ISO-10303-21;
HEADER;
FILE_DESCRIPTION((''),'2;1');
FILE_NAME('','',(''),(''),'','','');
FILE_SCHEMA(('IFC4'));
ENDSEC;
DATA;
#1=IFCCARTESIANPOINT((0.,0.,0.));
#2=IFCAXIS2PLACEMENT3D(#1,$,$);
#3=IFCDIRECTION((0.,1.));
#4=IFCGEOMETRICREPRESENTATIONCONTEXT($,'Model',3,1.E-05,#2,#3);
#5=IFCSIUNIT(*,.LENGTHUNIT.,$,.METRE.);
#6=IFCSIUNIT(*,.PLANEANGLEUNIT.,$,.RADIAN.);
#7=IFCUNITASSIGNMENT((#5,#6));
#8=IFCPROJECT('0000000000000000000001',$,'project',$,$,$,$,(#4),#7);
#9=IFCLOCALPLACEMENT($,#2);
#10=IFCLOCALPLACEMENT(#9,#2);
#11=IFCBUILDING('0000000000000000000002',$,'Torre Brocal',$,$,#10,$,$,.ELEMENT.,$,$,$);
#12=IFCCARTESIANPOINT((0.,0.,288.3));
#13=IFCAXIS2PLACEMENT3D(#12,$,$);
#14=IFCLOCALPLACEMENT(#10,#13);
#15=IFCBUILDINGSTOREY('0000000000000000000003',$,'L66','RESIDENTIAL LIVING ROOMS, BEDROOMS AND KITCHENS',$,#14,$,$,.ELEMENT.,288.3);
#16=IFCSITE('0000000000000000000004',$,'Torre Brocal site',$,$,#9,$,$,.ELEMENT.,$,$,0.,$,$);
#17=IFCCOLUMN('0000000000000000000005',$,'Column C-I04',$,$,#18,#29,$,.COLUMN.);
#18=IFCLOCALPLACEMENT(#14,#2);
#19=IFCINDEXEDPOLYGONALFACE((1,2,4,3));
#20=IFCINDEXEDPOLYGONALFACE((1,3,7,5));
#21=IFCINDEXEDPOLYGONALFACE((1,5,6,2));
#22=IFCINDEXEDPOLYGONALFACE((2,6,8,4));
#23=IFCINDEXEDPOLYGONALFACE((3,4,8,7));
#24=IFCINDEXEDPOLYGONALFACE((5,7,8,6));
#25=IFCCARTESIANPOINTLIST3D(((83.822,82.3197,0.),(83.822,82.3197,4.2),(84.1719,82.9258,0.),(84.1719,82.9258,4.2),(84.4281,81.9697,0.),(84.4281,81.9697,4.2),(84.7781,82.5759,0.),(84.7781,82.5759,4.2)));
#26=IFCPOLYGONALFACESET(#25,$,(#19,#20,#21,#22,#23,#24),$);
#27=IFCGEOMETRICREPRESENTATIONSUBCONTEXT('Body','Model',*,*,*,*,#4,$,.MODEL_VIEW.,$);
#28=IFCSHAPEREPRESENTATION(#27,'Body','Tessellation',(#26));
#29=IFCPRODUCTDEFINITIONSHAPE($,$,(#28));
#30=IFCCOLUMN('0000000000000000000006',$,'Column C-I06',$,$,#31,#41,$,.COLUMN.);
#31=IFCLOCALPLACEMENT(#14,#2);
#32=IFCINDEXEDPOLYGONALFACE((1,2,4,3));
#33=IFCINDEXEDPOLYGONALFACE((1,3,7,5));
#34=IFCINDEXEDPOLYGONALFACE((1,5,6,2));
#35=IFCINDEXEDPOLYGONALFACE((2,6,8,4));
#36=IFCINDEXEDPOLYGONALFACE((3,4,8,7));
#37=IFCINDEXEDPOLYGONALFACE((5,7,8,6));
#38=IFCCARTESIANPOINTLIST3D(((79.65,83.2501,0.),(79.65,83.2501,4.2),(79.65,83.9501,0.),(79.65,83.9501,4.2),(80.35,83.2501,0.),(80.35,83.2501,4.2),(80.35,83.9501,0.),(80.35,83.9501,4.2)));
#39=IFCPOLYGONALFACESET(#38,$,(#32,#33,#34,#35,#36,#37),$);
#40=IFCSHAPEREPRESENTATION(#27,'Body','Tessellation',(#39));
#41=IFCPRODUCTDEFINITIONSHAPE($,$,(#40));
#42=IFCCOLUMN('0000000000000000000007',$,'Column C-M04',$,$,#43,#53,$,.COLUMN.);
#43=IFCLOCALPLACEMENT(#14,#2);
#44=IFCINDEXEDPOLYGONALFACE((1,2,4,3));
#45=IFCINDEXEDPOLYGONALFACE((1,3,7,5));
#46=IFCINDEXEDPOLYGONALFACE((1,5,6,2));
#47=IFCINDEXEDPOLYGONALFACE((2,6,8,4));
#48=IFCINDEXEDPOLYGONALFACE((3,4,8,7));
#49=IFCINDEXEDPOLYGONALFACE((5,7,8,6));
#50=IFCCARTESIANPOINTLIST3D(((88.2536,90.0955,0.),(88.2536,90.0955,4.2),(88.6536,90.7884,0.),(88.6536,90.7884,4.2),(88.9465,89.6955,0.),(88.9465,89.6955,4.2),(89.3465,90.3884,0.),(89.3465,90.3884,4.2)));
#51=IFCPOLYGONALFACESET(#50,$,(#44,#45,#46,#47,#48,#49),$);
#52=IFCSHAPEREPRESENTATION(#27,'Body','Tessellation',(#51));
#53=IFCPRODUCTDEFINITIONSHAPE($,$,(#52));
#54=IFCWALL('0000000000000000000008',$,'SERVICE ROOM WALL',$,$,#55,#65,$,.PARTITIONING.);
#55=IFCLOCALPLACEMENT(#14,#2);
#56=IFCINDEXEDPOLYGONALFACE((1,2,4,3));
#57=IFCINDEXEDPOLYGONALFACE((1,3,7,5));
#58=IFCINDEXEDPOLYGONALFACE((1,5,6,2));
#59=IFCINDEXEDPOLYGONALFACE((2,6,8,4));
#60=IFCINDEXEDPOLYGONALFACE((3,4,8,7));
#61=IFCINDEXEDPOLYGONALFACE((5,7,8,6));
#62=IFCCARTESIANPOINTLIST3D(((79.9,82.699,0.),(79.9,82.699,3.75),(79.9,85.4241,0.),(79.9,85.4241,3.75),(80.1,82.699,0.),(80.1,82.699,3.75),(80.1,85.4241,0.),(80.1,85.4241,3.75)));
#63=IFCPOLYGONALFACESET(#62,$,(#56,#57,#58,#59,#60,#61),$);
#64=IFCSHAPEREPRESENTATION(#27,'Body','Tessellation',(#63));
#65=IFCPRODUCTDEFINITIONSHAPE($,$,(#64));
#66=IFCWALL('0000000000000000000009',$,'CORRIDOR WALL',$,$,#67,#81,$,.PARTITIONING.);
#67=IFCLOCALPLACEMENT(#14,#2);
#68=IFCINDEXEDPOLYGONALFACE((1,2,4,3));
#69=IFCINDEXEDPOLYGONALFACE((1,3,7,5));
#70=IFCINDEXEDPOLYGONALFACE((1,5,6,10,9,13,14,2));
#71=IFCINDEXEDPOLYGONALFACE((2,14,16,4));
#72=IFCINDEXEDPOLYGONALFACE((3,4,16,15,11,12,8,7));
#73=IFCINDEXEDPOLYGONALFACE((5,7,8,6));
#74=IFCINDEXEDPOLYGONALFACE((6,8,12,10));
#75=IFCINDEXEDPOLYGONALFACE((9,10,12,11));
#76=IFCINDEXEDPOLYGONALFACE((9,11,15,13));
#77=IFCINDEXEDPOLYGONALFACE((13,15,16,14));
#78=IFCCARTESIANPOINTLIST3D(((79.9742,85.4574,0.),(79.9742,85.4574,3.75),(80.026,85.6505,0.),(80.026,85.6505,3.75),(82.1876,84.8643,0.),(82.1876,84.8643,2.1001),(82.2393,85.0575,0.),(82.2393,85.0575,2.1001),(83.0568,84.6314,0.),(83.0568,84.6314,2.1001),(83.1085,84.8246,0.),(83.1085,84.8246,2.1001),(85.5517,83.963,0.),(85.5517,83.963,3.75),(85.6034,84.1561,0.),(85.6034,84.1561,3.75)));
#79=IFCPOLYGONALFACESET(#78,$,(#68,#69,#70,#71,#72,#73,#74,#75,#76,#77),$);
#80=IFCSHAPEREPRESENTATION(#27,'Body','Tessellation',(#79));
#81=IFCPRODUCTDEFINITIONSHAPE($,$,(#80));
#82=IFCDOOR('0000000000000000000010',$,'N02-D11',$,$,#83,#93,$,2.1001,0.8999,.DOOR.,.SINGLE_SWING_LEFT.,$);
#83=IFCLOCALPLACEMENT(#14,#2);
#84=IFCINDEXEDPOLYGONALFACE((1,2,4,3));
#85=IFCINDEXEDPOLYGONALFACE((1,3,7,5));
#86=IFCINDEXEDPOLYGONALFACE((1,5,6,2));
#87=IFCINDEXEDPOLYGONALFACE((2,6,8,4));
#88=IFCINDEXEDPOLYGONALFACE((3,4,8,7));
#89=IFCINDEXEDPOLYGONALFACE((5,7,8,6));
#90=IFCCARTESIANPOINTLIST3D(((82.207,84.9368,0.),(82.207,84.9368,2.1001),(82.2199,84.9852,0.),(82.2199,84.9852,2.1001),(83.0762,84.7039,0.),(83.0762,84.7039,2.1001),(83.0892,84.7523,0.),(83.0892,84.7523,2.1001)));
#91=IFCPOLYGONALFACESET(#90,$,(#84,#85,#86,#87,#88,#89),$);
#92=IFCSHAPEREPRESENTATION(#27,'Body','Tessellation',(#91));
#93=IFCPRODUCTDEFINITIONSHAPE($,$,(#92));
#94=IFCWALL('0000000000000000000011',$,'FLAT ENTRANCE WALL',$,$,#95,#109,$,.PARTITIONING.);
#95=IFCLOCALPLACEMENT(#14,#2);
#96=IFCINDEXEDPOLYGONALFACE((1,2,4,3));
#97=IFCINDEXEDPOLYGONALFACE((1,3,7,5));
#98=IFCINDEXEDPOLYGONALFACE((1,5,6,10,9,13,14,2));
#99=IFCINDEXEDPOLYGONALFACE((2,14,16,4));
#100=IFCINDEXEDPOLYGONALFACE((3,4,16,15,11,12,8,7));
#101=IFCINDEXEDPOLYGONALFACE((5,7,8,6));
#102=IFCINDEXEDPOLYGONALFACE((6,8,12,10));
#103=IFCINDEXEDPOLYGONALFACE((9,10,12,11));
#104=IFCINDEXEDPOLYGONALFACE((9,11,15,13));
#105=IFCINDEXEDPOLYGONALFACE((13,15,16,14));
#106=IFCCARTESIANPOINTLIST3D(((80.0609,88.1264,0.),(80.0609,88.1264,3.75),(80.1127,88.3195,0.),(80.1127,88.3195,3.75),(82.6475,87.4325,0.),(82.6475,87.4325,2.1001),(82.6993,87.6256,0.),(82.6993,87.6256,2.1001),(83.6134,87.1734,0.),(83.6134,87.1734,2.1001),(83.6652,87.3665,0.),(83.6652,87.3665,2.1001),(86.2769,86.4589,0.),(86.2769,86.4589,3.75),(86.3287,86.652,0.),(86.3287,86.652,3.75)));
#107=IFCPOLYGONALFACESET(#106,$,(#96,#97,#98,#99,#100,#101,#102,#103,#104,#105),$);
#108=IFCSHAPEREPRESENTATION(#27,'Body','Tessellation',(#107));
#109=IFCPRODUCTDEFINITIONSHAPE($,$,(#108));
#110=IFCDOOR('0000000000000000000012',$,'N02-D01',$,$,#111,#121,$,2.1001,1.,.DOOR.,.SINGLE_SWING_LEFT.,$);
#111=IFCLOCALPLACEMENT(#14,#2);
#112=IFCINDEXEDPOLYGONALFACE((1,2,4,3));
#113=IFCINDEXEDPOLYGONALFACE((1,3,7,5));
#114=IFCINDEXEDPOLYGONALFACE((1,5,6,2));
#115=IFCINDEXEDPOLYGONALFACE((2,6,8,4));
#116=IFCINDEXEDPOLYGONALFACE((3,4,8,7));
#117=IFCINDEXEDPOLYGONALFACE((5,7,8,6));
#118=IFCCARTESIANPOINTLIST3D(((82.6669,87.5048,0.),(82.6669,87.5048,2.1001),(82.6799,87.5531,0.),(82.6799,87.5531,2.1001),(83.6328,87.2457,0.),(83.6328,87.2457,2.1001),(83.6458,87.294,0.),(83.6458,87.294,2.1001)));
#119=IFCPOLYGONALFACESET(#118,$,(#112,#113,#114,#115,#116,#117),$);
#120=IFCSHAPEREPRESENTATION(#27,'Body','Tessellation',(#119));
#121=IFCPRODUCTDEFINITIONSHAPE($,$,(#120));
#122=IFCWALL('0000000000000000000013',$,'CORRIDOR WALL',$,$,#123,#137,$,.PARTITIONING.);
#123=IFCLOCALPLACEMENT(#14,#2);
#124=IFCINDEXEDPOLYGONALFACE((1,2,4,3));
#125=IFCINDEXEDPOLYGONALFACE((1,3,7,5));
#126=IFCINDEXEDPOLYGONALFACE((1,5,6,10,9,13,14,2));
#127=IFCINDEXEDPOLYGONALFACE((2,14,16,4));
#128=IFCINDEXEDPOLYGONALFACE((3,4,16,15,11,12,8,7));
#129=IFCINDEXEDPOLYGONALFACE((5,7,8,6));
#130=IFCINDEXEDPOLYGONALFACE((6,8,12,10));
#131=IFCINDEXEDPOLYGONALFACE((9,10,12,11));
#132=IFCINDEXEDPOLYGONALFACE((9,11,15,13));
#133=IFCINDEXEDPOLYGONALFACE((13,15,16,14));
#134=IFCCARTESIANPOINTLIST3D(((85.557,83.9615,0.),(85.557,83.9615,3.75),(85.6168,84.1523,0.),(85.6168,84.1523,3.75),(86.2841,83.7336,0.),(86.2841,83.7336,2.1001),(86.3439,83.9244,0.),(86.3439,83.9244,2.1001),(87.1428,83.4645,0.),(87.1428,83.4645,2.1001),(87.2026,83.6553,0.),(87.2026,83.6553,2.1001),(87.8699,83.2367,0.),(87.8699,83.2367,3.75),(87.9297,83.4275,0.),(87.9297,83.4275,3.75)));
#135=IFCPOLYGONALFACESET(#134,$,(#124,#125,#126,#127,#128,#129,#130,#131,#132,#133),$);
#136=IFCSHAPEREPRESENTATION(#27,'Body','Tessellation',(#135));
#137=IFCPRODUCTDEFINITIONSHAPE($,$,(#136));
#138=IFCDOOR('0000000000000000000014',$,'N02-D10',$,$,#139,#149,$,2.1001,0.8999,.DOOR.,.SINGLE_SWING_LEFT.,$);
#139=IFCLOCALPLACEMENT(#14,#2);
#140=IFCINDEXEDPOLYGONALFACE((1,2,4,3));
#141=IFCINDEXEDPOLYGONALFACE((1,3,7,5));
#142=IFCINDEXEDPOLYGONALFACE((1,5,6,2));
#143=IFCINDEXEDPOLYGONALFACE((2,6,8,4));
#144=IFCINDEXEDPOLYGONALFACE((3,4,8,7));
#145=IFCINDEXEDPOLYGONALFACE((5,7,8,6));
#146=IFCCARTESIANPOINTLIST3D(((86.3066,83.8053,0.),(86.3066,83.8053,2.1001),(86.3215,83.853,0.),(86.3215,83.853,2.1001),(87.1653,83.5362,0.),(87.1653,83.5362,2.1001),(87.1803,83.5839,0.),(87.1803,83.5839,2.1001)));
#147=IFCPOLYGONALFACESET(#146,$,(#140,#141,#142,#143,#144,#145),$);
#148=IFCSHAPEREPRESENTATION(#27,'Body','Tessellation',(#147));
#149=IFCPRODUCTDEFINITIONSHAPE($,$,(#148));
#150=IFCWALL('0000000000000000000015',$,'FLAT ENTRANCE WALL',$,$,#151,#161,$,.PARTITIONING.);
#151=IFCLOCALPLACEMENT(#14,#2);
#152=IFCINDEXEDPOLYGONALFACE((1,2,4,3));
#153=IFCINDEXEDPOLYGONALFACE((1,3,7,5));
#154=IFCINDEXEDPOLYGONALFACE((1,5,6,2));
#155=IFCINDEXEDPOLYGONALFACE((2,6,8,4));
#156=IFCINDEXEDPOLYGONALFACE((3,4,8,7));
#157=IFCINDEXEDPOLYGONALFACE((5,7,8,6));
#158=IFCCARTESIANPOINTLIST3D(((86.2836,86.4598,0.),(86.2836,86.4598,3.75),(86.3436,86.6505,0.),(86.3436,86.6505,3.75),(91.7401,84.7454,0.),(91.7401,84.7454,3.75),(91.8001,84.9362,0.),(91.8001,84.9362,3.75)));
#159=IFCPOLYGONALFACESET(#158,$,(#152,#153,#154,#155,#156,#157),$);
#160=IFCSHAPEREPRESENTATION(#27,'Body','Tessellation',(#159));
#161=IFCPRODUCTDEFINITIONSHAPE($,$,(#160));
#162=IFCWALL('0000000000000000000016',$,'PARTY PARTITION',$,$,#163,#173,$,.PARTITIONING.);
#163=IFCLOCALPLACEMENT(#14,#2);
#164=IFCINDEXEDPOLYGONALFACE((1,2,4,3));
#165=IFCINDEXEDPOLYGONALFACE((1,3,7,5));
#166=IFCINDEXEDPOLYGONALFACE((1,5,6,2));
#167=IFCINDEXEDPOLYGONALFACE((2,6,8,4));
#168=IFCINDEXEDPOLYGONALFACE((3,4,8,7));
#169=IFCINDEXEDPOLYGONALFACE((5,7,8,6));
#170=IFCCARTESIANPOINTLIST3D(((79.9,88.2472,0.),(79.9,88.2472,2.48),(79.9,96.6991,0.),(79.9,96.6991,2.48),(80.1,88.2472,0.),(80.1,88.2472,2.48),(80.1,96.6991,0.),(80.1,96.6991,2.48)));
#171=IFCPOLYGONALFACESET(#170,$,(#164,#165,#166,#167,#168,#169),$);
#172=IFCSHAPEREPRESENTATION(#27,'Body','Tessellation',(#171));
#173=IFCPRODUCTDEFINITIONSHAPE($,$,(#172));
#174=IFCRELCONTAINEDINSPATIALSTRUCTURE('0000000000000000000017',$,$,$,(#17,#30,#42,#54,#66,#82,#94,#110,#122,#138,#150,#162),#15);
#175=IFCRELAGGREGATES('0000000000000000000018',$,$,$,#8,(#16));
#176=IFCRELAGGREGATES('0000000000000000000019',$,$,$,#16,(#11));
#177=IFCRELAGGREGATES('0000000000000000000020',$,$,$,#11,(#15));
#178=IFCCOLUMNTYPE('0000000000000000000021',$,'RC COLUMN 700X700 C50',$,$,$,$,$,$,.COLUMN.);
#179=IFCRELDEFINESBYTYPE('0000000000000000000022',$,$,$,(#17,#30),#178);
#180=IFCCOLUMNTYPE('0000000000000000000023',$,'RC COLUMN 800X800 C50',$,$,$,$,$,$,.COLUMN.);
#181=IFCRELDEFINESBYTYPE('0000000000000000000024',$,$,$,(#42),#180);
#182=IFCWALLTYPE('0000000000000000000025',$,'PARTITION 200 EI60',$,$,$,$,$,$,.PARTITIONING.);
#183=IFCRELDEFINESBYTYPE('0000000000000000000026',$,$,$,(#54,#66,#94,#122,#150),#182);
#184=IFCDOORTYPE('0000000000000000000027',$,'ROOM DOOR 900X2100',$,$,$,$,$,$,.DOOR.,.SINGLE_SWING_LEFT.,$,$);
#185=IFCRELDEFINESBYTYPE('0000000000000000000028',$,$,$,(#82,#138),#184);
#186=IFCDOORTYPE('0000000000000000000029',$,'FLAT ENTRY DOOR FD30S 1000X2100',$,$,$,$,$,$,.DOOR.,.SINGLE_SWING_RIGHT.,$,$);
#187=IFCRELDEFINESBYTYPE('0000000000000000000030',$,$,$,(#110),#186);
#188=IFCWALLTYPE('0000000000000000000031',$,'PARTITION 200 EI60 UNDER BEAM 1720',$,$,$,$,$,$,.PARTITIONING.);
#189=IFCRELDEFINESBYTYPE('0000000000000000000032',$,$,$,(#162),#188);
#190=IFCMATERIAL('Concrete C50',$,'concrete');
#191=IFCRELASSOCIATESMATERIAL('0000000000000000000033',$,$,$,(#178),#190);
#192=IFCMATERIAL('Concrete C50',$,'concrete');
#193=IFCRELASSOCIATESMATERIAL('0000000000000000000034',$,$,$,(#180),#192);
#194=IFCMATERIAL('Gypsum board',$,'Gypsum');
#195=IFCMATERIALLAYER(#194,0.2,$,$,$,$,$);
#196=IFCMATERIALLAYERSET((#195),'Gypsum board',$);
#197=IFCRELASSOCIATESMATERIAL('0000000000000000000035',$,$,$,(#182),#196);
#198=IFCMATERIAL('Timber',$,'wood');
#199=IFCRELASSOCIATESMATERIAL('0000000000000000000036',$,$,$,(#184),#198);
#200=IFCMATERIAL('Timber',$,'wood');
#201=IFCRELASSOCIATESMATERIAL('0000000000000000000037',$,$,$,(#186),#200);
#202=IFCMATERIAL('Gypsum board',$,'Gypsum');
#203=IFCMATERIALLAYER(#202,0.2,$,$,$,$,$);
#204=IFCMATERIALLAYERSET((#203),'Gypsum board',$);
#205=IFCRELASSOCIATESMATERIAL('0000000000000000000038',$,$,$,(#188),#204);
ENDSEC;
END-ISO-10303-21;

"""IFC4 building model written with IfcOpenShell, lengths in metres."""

from ifc_helpers import new_model, si_unit, direction, frame, frame_2d, origin, origin_2d, place, context, subcontext, project, spatial, rectangle, extrude, material, layer, layer_set, material_profile, profile_set, type_object, element, fill, save


model = new_model("IFC4")

# Units and contexts
model_context = context("Model", 3, precision=1e-05, world=origin(), true_north=direction((0.0, 1.0)))
body_context = subcontext(model_context, "Body", "Model", "MODEL_VIEW")
ifc_project = project(units=[si_unit("LENGTHUNIT", "METRE"), si_unit("PLANEANGLEUNIT", "RADIAN")], contexts=[model_context])

# Site, building, storey
site_placement = place(None, origin())
site = spatial("IfcSite", under=ifc_project, at=site_placement, Name="Torre Brocal site", CompositionType="ELEMENT", RefElevation=0.0)
building_placement = place(site_placement, origin())
building = spatial("IfcBuilding", under=site, at=building_placement, Name="Torre Brocal", CompositionType="ELEMENT")
storey_placement = place(building_placement, frame((0.0, 0.0, 288.3)))
storey = spatial("IfcBuildingStorey", under=building, at=storey_placement, Name="L66", Description="RESIDENTIAL LIVING ROOMS, BEDROOMS AND KITCHENS", CompositionType="ELEMENT", Elevation=288.3)

# Columns
ifc_material_1 = material(Name="Concrete C50", Category="concrete")
ifc_material_profile_1 = material_profile(ifc_material_1, rectangle(XDim=0.7, YDim=0.7, at=origin_2d()), Name="RC 700X700")
ifc_profile_set_1 = profile_set([ifc_material_profile_1], Name="Concrete C50")
column_type_1 = type_object("IfcColumnType", Name="RC COLUMN 700X700 C50", PredefinedType="COLUMN", material=ifc_profile_set_1)
for number, where, z_axis, x_axis, name in (
    (1, (84.3, 82.4478, 0.0), (0.0, 0.0, 1.0), (0.5, 0.866025, 0.0), "Column C-I04"),
    (2, (80.0, 83.6001, 0.0), (0.0, 0.0, 1.0), (0.0, 1.0, 0.0), "Column C-I06"),
):
    element("IfcColumn", number, at=place(storey_placement, frame(where, z_axis=z_axis, x_axis=x_axis)), inside=storey, type_object=column_type_1, Name=name, PredefinedType="COLUMN", context=body_context, shape_type="SweptSolid", body=[
        extrude(rectangle(XDim=0.7, YDim=0.7, at=origin_2d()), origin(), (0.0, 0.0, 1.0), 4.2),
    ])
ifc_material_2 = material(Name="Concrete C50", Category="concrete")
ifc_material_profile_2 = material_profile(ifc_material_2, rectangle(XDim=0.8, YDim=0.8, at=origin_2d()), Name="RC 800X800")
ifc_profile_set_2 = profile_set([ifc_material_profile_2], Name="Concrete C50")
column_type_2 = type_object("IfcColumnType", Name="RC COLUMN 800X800 C50", PredefinedType="COLUMN", material=ifc_profile_set_2)
column_placement = place(storey_placement, frame((88.8, 90.2419, 0.0), z_axis=(0.0, 0.0, 1.0), x_axis=(0.5, 0.866025, 0.0)))
element("IfcColumn", 3, at=column_placement, inside=storey, type_object=column_type_2, Name="Column C-M04", PredefinedType="COLUMN", context=body_context, shape_type="SweptSolid", body=[
    extrude(rectangle(XDim=0.8, YDim=0.8, at=origin_2d()), origin(), (0.0, 0.0, 1.0), 4.2),
])

# Wall
ifc_material_3 = material(Name="Gypsum board", Category="Gypsum")
ifc_layer_1 = layer(ifc_material_3, 0.2)
ifc_layer_set_1 = layer_set([ifc_layer_1], Name="Gypsum board")
wall_type_1 = type_object("IfcWallType", Name="PARTITION 200 EI60", PredefinedType="PARTITIONING", material=ifc_layer_set_1)
wall_1_placement = place(storey_placement, frame((80.0, 82.699, 0.0), z_axis=(0.0, 0.0, 1.0), x_axis=(0.0, 1.0, 0.0)))
element("IfcWall", 4, at=wall_1_placement, inside=storey, type_object=wall_type_1, Name="SERVICE ROOM WALL", PredefinedType="PARTITIONING", context=body_context, shape_type="SweptSolid", body=[
    extrude(rectangle(XDim=2.7251, YDim=0.2, at=frame_2d((1.3625, 0.0))), origin(), (0.0, 0.0, 1.0), 3.75),
])

# Walls, openings, doors
wall_2_placement = place(storey_placement, frame((80.0, 85.554, 0.0), z_axis=(0.0, 0.0, 1.0), x_axis=(0.965929, -0.258807, 0.0)))
wall_2 = element("IfcWall", 5, at=wall_2_placement, inside=storey, type_object=wall_type_1, Name="CORRIDOR WALL", PredefinedType="PARTITIONING", context=body_context, shape_type="SweptSolid", body=[
    extrude(rectangle(XDim=5.7742, YDim=0.2, at=frame_2d((2.8872, 0.0))), origin(), (0.0, 0.0, 1.0), 3.75),
])
opening_1_placement = place(wall_2_placement, frame((2.2915, 0.0, 0.0)))
opening_1 = element("IfcOpeningElement", 6, at=opening_1_placement, cuts=wall_2, PredefinedType="OPENING", context=body_context, shape_type="SweptSolid", body=[
    extrude(rectangle(XDim=0.8999, YDim=2.1001, at=frame_2d((0.45, 1.05))), frame((0.0, 0.1099, 0.0), z_axis=(0.0, -1.0, 0.0), x_axis=(1.0, 0.0, 0.0)), (0.0, 0.0, 1.0), 0.22),
])
ifc_material_4 = material(Name="Timber", Category="wood")
door_type_1 = type_object("IfcDoorType", Name="ROOM DOOR 900X2100", OperationType="SINGLE_SWING_LEFT", PredefinedType="DOOR", material=ifc_material_4)
door_1_placement = place(opening_1_placement, frame((0.8999, 0.0, 0.0), z_axis=(0.0, 0.0, 1.0), x_axis=(-1.0, 0.0, 0.0)))
door_1 = element("IfcDoor", 7, at=door_1_placement, inside=storey, type_object=door_type_1, Name="N02-D11", OperationType="SINGLE_SWING_LEFT", OverallHeight=2.1001, OverallWidth=0.8999, PredefinedType="DOOR", context=body_context, shape_type="SweptSolid", body=[
    extrude(rectangle(XDim=0.8999, YDim=2.1001, at=frame_2d((0.45, 1.05))), frame((0.0, 0.0249, 0.0), z_axis=(0.0, -1.0, 0.0), x_axis=(1.0, 0.0, 0.0)), (0.0, 0.0, 1.0), 0.05),
])
fill(opening_1, door_1)
wall_3_placement = place(storey_placement, frame((80.0869, 88.2229, 0.0), z_axis=(0.0, 0.0, 1.0), x_axis=(0.965852, -0.259093, 0.0)))
wall_3 = element("IfcWall", 8, at=wall_3_placement, inside=storey, type_object=wall_type_1, Name="FLAT ENTRANCE WALL", PredefinedType="PARTITIONING", context=body_context, shape_type="SweptSolid", body=[
    extrude(rectangle(XDim=6.4358, YDim=0.2, at=frame_2d((3.2178, 0.0))), origin(), (0.0, 0.0, 1.0), 3.75),
])
opening_2_placement = place(wall_3_placement, frame((2.678, 0.0, 0.0)))
opening_2 = element("IfcOpeningElement", 9, at=opening_2_placement, cuts=wall_3, PredefinedType="OPENING", context=body_context, shape_type="SweptSolid", body=[
    extrude(rectangle(XDim=1.0, YDim=2.1001, at=frame_2d((0.5, 1.05))), frame((0.0, 0.1099, 0.0), z_axis=(0.0, -1.0, 0.0), x_axis=(1.0, 0.0, 0.0)), (0.0, 0.0, 1.0), 0.22),
])
ifc_material_5 = material(Name="Timber", Category="wood")
door_type_2 = type_object("IfcDoorType", Name="FLAT ENTRY DOOR FD30S 1000X2100", OperationType="SINGLE_SWING_RIGHT", PredefinedType="DOOR", material=ifc_material_5)
door_2_placement = place(opening_2_placement, origin())
door_2 = element("IfcDoor", 10, at=door_2_placement, inside=storey, type_object=door_type_2, Name="N02-D01", OperationType="SINGLE_SWING_LEFT", OverallHeight=2.1001, OverallWidth=1.0, PredefinedType="DOOR", context=body_context, shape_type="SweptSolid", body=[
    extrude(rectangle(XDim=1.0, YDim=2.1001, at=frame_2d((0.5, 1.05))), frame((0.0, 0.0249, 0.0), z_axis=(0.0, -1.0, 0.0), x_axis=(1.0, 0.0, 0.0)), (0.0, 0.0, 1.0), 0.05),
])
fill(opening_2, door_2)
wall_4_placement = place(storey_placement, frame((85.5869, 84.0569, 0.0), z_axis=(0.0, 0.0, 1.0), x_axis=(0.95424, -0.299043, 0.0)))
wall_4 = element("IfcWall", 11, at=wall_4_placement, inside=storey, type_object=wall_type_1, Name="CORRIDOR WALL", PredefinedType="PARTITIONING", context=body_context, shape_type="SweptSolid", body=[
    extrude(rectangle(XDim=2.4238, YDim=0.2, at=frame_2d((1.2119, 0.0))), origin(), (0.0, 0.0, 1.0), 3.75),
])
opening_3_placement = place(wall_4_placement, frame((0.762, 0.0, 0.0)))
opening_3 = element("IfcOpeningElement", 12, at=opening_3_placement, cuts=wall_4, PredefinedType="OPENING", context=body_context, shape_type="SweptSolid", body=[
    extrude(rectangle(XDim=0.8999, YDim=2.1001, at=frame_2d((0.45, 1.05))), frame((0.0, 0.1099, 0.0), z_axis=(0.0, -1.0, 0.0), x_axis=(1.0, 0.0, 0.0)), (0.0, 0.0, 1.0), 0.22),
])
door_3_placement = place(opening_3_placement, frame((0.8999, 0.0, 0.0), z_axis=(0.0, 0.0, 1.0), x_axis=(-1.0, 0.0, 0.0)))
door_3 = element("IfcDoor", 13, at=door_3_placement, inside=storey, type_object=door_type_1, Name="N02-D10", OperationType="SINGLE_SWING_LEFT", OverallHeight=2.1001, OverallWidth=0.8999, PredefinedType="DOOR", context=body_context, shape_type="SweptSolid", body=[
    extrude(rectangle(XDim=0.8999, YDim=2.1001, at=frame_2d((0.45, 1.05))), frame((0.0, 0.0249, 0.0), z_axis=(0.0, -1.0, 0.0), x_axis=(1.0, 0.0, 0.0)), (0.0, 0.0, 1.0), 0.05),
])
fill(opening_3, door_3)

# Walls
wall_5_placement = place(storey_placement, frame((86.3135, 86.5552, 0.0), z_axis=(0.0, 0.0, 1.0), x_axis=(0.954022, -0.299738, 0.0)))
element("IfcWall", 14, at=wall_5_placement, inside=storey, type_object=wall_type_1, Name="FLAT ENTRANCE WALL", PredefinedType="PARTITIONING", context=body_context, shape_type="SweptSolid", body=[
    extrude(rectangle(XDim=5.7195, YDim=0.2, at=frame_2d((2.8599, 0.0))), origin(), (0.0, 0.0, 1.0), 3.75),
])
ifc_material_6 = material(Name="Gypsum board", Category="Gypsum")
ifc_layer_2 = layer(ifc_material_6, 0.2)
ifc_layer_set_2 = layer_set([ifc_layer_2], Name="Gypsum board")
wall_type_2 = type_object("IfcWallType", Name="PARTITION 200 EI60 UNDER BEAM 1720", PredefinedType="PARTITIONING", material=ifc_layer_set_2)
wall_6_placement = place(storey_placement, frame((80.0, 88.2471, 0.0), z_axis=(0.0, 0.0, 1.0), x_axis=(0.0, 1.0, 0.0)))
element("IfcWall", 15, at=wall_6_placement, inside=storey, type_object=wall_type_2, Name="PARTY PARTITION", PredefinedType="PARTITIONING", context=body_context, shape_type="SweptSolid", body=[
    extrude(rectangle(XDim=8.4519, YDim=0.2, at=frame_2d((4.2261, 0.0))), origin(), (0.0, 0.0, 1.0), 2.48),
])

save(model, "model.ifc")
